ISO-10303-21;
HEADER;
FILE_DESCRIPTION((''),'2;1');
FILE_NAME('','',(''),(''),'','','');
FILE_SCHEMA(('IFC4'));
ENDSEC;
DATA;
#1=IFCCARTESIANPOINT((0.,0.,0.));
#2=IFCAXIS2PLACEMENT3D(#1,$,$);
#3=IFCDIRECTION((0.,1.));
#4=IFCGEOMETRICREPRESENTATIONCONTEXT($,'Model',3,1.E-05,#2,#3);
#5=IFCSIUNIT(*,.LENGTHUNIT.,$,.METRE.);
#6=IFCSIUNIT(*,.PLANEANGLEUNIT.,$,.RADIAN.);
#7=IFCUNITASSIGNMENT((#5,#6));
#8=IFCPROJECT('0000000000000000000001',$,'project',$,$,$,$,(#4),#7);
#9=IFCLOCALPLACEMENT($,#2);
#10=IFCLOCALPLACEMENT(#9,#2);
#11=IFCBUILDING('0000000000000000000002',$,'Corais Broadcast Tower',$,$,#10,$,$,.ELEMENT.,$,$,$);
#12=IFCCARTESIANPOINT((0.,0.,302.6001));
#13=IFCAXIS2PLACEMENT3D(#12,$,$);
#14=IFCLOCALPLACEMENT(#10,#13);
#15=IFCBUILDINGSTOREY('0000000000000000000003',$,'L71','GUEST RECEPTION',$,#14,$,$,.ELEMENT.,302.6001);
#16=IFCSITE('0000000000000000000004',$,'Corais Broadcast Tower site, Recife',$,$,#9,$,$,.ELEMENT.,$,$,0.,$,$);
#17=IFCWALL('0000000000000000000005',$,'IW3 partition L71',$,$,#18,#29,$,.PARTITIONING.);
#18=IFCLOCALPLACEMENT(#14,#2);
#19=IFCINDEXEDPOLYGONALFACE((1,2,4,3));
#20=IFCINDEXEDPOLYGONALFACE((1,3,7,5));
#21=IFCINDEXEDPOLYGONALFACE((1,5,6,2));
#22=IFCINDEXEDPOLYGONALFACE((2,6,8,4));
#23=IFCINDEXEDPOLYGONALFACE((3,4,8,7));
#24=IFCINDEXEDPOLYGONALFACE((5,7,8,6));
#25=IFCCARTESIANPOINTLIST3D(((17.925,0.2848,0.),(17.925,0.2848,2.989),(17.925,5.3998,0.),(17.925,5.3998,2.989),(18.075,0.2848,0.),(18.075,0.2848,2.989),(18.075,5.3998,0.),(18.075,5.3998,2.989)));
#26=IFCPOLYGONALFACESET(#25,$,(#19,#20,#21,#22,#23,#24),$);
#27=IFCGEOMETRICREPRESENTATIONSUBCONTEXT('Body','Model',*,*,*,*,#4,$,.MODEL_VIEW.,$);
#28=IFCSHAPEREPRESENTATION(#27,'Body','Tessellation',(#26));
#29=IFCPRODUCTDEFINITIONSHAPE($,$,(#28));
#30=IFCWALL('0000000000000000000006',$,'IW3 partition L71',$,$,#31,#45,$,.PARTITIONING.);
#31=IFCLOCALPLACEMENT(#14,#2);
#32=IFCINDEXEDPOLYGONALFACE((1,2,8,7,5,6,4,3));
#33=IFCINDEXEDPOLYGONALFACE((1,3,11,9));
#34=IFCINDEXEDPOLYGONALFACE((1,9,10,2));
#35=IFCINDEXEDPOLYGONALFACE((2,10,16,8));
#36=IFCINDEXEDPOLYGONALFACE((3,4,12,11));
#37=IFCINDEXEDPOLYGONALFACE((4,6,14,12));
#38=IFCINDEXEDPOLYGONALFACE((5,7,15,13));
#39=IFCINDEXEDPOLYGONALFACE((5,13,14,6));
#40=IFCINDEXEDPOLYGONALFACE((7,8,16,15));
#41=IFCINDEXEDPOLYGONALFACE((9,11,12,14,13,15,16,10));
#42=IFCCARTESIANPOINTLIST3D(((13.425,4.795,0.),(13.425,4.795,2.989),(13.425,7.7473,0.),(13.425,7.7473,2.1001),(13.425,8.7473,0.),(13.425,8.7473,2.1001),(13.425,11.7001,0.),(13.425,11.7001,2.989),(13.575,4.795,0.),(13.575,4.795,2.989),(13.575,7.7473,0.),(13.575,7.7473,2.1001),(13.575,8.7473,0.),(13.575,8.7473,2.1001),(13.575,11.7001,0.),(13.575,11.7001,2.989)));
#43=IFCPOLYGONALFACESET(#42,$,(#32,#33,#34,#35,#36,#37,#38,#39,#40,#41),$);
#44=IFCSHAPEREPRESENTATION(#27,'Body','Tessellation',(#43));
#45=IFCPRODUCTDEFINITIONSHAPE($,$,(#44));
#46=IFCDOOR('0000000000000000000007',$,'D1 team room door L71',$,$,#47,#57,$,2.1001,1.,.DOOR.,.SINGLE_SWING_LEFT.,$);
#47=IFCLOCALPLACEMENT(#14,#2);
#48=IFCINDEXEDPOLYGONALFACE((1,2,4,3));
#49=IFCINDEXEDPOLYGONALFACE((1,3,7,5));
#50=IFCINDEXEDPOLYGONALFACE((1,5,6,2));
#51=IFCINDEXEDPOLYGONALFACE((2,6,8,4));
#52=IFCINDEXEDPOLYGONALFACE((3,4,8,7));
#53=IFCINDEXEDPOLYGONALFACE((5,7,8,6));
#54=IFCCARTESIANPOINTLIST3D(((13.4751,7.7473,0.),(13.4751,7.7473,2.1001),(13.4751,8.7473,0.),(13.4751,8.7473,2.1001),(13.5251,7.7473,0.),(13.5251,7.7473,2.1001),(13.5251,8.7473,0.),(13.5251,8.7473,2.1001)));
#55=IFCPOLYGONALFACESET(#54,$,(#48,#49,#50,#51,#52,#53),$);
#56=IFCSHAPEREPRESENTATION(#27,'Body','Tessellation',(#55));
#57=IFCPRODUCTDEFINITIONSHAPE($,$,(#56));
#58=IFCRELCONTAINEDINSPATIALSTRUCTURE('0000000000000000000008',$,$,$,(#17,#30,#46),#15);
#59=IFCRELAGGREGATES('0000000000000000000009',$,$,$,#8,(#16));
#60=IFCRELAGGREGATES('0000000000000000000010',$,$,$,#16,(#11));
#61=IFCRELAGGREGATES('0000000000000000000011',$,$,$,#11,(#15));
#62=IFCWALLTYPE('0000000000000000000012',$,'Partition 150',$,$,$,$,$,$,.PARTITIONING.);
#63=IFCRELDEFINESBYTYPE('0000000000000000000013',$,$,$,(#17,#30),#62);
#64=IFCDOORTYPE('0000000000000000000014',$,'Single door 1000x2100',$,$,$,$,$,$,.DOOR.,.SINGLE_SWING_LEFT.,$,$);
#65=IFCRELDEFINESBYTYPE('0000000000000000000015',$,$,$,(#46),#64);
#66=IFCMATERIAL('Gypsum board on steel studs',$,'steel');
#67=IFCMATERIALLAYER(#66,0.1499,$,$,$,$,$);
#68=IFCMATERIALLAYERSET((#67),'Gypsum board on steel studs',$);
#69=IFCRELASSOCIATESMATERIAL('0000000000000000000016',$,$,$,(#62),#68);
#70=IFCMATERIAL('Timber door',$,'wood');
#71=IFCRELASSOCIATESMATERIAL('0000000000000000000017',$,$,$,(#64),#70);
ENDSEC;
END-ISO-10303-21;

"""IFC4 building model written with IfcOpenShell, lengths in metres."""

from ifc_helpers import new_model, si_unit, direction, frame, frame_2d, origin, place, context, subcontext, project, spatial, rectangle, extrude, material, layer, layer_set, type_object, element, fill, save


model = new_model("IFC4")

# Units and contexts
model_context = context("Model", 3, precision=1e-05, world=origin(), true_north=direction((0.0, 1.0)))
body_context = subcontext(model_context, "Body", "Model", "MODEL_VIEW")
ifc_project = project(units=[si_unit("LENGTHUNIT", "METRE"), si_unit("PLANEANGLEUNIT", "RADIAN")], contexts=[model_context])

# Site, building, storey
site_placement = place(None, origin())
site = spatial("IfcSite", under=ifc_project, at=site_placement, Name="Corais Broadcast Tower site, Recife", CompositionType="ELEMENT", RefElevation=0.0)
building_placement = place(site_placement, origin())
building = spatial("IfcBuilding", under=site, at=building_placement, Name="Corais Broadcast Tower", CompositionType="ELEMENT")
storey_placement = place(building_placement, frame((0.0, 0.0, 302.6001)))
storey = spatial("IfcBuildingStorey", under=building, at=storey_placement, Name="L71", Description="GUEST RECEPTION", CompositionType="ELEMENT", Elevation=302.6001)

# Wall
ifc_material_1 = material(Name="Gypsum board on steel studs", Category="steel")
ifc_layer_1 = layer(ifc_material_1, 0.1499)
ifc_layer_set_1 = layer_set([ifc_layer_1], Name="Gypsum board on steel studs")
wall_type = type_object("IfcWallType", Name="Partition 150", PredefinedType="PARTITIONING", material=ifc_layer_set_1)
wall_1_placement = place(storey_placement, frame((18.0, 5.3999, 0.0), z_axis=(0.0, 0.0, 1.0), x_axis=(0.0, -1.0, 0.0)))
element("IfcWall", 1, at=wall_1_placement, inside=storey, type_object=wall_type, Name="IW3 partition L71", PredefinedType="PARTITIONING", context=body_context, shape_type="SweptSolid", body=[
    extrude(rectangle(XDim=5.115, YDim=0.1499, at=frame_2d((2.5576, 0.0))), origin(), (0.0, 0.0, 1.0), 2.989),
])

# Wall, opening, door
wall_2_placement = place(storey_placement, frame((13.5, 4.7949, 0.0), z_axis=(0.0, 0.0, 1.0), x_axis=(0.0, 1.0, 0.0)))
wall_2 = element("IfcWall", 2, at=wall_2_placement, inside=storey, type_object=wall_type, Name="IW3 partition L71", PredefinedType="PARTITIONING", context=body_context, shape_type="SweptSolid", body=[
    extrude(rectangle(XDim=6.905, YDim=0.1499, at=frame_2d((3.4526, 0.0))), origin(), (0.0, 0.0, 1.0), 2.989),
])
opening_placement = place(wall_2_placement, frame((2.9524, 0.0, 0.0)))
opening = element("IfcOpeningElement", 3, at=opening_placement, cuts=wall_2, PredefinedType="OPENING", context=body_context, shape_type="SweptSolid", body=[
    extrude(rectangle(XDim=1.0, YDim=2.1001, at=frame_2d((0.5, 1.05))), frame((0.0, 0.085, 0.0), z_axis=(0.0, -1.0, 0.0), x_axis=(1.0, 0.0, 0.0)), (0.0, 0.0, 1.0), 0.1699),
])
ifc_material_2 = material(Name="Timber door", Category="wood")
door_type = type_object("IfcDoorType", Name="Single door 1000x2100", OperationType="SINGLE_SWING_LEFT", PredefinedType="DOOR", material=ifc_material_2)
door_placement = place(opening_placement, origin())
door = element("IfcDoor", 4, at=door_placement, inside=storey, type_object=door_type, Name="D1 team room door L71", OperationType="SINGLE_SWING_LEFT", OverallHeight=2.1001, OverallWidth=1.0, PredefinedType="DOOR", context=body_context, shape_type="SweptSolid", body=[
    extrude(rectangle(XDim=1.0, YDim=2.1001, at=frame_2d((0.5, 1.05))), frame((0.0, 0.0249, 0.0), z_axis=(0.0, -1.0, 0.0), x_axis=(1.0, 0.0, 0.0)), (0.0, 0.0, 1.0), 0.05),
])
fill(opening, door)

save(model, "model.ifc")
